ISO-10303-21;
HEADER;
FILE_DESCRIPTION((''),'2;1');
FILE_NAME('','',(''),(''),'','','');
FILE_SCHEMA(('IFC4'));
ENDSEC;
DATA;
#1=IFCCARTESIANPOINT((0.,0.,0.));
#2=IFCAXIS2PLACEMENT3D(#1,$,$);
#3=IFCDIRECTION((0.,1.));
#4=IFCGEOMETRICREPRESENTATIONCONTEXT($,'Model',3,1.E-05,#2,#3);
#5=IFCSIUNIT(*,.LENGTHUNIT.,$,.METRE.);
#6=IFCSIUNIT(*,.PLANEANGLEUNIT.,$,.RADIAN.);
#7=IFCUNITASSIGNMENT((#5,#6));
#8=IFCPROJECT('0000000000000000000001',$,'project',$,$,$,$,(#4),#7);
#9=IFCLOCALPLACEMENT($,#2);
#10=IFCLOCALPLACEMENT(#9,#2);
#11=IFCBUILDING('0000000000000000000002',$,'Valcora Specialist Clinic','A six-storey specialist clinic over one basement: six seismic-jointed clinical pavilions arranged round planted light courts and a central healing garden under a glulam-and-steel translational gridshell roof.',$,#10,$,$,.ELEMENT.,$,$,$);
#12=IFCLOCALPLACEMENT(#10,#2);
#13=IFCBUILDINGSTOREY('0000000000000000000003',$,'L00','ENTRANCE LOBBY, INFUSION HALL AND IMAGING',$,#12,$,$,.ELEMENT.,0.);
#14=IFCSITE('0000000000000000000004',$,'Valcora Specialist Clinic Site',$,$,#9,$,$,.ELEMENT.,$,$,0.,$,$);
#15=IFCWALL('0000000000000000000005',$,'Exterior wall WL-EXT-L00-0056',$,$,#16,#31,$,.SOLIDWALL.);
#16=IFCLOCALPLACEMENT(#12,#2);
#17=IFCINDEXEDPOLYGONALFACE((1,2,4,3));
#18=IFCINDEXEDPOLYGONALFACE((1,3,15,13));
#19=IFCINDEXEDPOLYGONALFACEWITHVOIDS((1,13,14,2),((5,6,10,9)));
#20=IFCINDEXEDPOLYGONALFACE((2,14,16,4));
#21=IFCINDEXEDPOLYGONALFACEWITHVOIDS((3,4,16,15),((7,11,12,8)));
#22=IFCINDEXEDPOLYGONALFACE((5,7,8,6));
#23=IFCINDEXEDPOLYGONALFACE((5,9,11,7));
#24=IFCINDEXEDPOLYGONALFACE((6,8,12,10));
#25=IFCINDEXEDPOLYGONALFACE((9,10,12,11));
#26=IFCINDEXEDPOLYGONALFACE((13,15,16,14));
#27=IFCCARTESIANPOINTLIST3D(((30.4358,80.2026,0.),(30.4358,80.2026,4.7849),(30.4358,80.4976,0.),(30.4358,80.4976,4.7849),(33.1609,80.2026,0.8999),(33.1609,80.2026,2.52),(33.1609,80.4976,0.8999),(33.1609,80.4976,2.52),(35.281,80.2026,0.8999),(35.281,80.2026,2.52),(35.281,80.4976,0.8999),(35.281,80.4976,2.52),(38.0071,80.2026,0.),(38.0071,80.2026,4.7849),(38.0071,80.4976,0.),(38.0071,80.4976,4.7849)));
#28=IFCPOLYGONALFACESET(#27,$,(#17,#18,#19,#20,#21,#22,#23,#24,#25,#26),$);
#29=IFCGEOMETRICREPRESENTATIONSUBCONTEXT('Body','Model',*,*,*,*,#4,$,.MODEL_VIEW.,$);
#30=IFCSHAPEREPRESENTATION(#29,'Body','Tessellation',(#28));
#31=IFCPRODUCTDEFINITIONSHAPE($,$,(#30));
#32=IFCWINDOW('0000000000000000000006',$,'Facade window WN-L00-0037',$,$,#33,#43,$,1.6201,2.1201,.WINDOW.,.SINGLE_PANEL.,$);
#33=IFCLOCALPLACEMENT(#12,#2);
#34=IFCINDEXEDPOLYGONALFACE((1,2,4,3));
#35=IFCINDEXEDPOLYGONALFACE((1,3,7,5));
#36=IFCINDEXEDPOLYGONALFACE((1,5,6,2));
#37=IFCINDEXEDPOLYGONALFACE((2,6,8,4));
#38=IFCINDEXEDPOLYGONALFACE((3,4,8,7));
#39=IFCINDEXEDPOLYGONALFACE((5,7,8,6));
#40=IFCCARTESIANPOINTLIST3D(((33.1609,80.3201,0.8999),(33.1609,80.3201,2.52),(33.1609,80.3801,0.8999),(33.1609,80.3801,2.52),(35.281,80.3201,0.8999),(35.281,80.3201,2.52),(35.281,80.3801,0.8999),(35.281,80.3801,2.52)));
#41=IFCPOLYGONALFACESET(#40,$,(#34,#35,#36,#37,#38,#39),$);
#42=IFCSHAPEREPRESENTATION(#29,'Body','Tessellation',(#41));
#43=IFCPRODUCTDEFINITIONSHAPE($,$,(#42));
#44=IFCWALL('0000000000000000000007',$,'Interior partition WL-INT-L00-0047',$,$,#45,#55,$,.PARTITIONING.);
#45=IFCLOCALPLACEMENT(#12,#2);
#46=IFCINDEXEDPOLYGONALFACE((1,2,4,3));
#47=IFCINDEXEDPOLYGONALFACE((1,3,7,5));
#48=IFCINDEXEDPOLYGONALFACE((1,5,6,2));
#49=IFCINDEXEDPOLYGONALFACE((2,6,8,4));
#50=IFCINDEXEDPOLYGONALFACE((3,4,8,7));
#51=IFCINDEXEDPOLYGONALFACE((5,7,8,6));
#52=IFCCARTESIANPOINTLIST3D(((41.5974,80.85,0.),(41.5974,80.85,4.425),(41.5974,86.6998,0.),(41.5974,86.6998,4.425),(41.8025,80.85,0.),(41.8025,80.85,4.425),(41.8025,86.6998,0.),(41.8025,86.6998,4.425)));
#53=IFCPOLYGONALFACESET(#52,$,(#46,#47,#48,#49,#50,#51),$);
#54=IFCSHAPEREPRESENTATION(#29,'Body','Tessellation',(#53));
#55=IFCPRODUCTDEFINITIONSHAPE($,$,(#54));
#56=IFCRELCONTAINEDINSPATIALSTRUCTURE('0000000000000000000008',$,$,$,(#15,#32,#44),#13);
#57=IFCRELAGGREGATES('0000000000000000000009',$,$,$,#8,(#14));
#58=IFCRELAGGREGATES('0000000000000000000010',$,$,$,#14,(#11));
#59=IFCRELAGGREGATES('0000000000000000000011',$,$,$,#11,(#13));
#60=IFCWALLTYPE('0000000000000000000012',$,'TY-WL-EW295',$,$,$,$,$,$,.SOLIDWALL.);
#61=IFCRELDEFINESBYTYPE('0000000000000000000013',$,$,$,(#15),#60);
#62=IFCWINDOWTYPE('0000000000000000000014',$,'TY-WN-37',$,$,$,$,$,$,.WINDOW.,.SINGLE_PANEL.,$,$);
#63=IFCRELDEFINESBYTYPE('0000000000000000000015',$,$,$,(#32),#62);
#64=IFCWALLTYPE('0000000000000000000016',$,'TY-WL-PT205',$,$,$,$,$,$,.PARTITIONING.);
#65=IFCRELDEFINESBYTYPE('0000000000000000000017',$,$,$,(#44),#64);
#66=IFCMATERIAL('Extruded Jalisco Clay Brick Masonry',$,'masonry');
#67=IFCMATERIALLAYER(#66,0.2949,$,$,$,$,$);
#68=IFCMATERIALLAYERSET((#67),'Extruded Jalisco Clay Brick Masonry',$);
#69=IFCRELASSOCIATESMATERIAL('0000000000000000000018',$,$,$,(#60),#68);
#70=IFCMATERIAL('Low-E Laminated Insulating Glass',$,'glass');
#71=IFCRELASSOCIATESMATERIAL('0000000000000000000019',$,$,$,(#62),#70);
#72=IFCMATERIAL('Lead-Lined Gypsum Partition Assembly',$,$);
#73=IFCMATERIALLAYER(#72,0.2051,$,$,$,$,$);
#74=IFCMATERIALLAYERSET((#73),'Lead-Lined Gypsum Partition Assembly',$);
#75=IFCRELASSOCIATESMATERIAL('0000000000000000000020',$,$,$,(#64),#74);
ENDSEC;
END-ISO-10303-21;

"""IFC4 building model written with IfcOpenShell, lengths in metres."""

from ifc_helpers import new_model, si_unit, direction, frame, frame_2d, origin, place, context, subcontext, project, spatial, rectangle, extrude, material, layer, layer_set, type_object, element, fill, save


model = new_model("IFC4")

# Units and contexts
model_context = context("Model", 3, precision=1e-05, world=origin(), true_north=direction((0.0, 1.0)))
body_context = subcontext(model_context, "Body", "Model", "MODEL_VIEW")
ifc_project = project(units=[si_unit("LENGTHUNIT", "METRE"), si_unit("PLANEANGLEUNIT", "RADIAN")], contexts=[model_context])

# Site, building, storey
site_placement = place(None, origin())
site = spatial("IfcSite", under=ifc_project, at=site_placement, Name="Valcora Specialist Clinic Site", CompositionType="ELEMENT", RefElevation=0.0)
building_placement = place(site_placement, origin())
building = spatial("IfcBuilding", under=site, at=building_placement, Name="Valcora Specialist Clinic", Description="A six-storey specialist clinic over one basement: six seismic-jointed clinical pavilions arranged round planted light courts and a central healing garden under a glulam-and-steel translational gridshell roof.", CompositionType="ELEMENT")
storey_placement = place(building_placement, origin())
storey = spatial("IfcBuildingStorey", under=building, at=storey_placement, Name="L00", Description="ENTRANCE LOBBY, INFUSION HALL AND IMAGING", CompositionType="ELEMENT", Elevation=0.0)

# Shared definitions
ifc_material_1 = material(Name="Low-E Laminated Insulating Glass", Category="glass")

# Wall, opening, window
ifc_material_2 = material(Name="Extruded Jalisco Clay Brick Masonry", Category="masonry")
ifc_layer_1 = layer(ifc_material_2, 0.2949)
ifc_layer_set_1 = layer_set([ifc_layer_1], Name="Extruded Jalisco Clay Brick Masonry")
wall_type_1 = type_object("IfcWallType", Name="TY-WL-EW295", PredefinedType="SOLIDWALL", material=ifc_layer_set_1)
wall_1_placement = place(storey_placement, frame((38.0071, 80.3501, 0.0), z_axis=(0.0, 0.0, 1.0), x_axis=(-1.0, 0.0, 0.0)))
wall_1 = element("IfcWall", 1, at=wall_1_placement, inside=storey, type_object=wall_type_1, Name="Exterior wall WL-EXT-L00-0056", PredefinedType="SOLIDWALL", context=body_context, shape_type="SweptSolid", body=[
    extrude(rectangle(XDim=7.5713, YDim=0.2949, at=frame_2d((3.7856, 0.0))), origin(), (0.0, 0.0, 1.0), 4.7849),
])
opening_1_placement = place(wall_1_placement, frame((2.7261, 0.0, 0.8999)))
opening_1 = element("IfcOpeningElement", 2, at=opening_1_placement, cuts=wall_1, PredefinedType="OPENING", context=body_context, shape_type="SweptSolid", body=[
    extrude(rectangle(XDim=2.1201, YDim=1.6201, at=frame_2d((1.0601, 0.8101))), frame((0.0, 0.1575, 0.0), z_axis=(0.0, -1.0, 0.0), x_axis=(1.0, 0.0, 0.0)), (0.0, 0.0, 1.0), 0.3149),
])
window_type_1 = type_object("IfcWindowType", Name="TY-WN-37", PartitioningType="SINGLE_PANEL", PredefinedType="WINDOW", material=ifc_material_1)
window_1_placement = place(opening_1_placement, origin())
window_1 = element("IfcWindow", 3, at=window_1_placement, inside=storey, type_object=window_type_1, Name="Facade window WN-L00-0037", OverallHeight=1.6201, OverallWidth=2.1201, PartitioningType="SINGLE_PANEL", PredefinedType="WINDOW", context=body_context, shape_type="SweptSolid", body=[
    extrude(rectangle(XDim=2.1201, YDim=1.6201, at=frame_2d((1.0601, 0.8101))), frame((0.0, 0.03, 0.0), z_axis=(0.0, -1.0, 0.0), x_axis=(1.0, 0.0, 0.0)), (0.0, 0.0, 1.0), 0.0601),
])
fill(opening_1, window_1)

# Wall
ifc_material_3 = material(Name="Lead-Lined Gypsum Partition Assembly")
ifc_layer_2 = layer(ifc_material_3, 0.2051)
ifc_layer_set_2 = layer_set([ifc_layer_2], Name="Lead-Lined Gypsum Partition Assembly")
wall_type_2 = type_object("IfcWallType", Name="TY-WL-PT205", PredefinedType="PARTITIONING", material=ifc_layer_set_2)
wall_2_placement = place(storey_placement, frame((41.7, 80.8501, 0.0), z_axis=(0.0, 0.0, 1.0), x_axis=(0.0, 1.0, 0.0)))
element("IfcWall", 4, at=wall_2_placement, inside=storey, type_object=wall_type_2, Name="Interior partition WL-INT-L00-0047", PredefinedType="PARTITIONING", context=body_context, shape_type="SweptSolid", body=[
    extrude(rectangle(XDim=5.8499, YDim=0.2051, at=frame_2d((2.9248, 0.0))), origin(), (0.0, 0.0, 1.0), 4.425),
])

save(model, "model.ifc")
